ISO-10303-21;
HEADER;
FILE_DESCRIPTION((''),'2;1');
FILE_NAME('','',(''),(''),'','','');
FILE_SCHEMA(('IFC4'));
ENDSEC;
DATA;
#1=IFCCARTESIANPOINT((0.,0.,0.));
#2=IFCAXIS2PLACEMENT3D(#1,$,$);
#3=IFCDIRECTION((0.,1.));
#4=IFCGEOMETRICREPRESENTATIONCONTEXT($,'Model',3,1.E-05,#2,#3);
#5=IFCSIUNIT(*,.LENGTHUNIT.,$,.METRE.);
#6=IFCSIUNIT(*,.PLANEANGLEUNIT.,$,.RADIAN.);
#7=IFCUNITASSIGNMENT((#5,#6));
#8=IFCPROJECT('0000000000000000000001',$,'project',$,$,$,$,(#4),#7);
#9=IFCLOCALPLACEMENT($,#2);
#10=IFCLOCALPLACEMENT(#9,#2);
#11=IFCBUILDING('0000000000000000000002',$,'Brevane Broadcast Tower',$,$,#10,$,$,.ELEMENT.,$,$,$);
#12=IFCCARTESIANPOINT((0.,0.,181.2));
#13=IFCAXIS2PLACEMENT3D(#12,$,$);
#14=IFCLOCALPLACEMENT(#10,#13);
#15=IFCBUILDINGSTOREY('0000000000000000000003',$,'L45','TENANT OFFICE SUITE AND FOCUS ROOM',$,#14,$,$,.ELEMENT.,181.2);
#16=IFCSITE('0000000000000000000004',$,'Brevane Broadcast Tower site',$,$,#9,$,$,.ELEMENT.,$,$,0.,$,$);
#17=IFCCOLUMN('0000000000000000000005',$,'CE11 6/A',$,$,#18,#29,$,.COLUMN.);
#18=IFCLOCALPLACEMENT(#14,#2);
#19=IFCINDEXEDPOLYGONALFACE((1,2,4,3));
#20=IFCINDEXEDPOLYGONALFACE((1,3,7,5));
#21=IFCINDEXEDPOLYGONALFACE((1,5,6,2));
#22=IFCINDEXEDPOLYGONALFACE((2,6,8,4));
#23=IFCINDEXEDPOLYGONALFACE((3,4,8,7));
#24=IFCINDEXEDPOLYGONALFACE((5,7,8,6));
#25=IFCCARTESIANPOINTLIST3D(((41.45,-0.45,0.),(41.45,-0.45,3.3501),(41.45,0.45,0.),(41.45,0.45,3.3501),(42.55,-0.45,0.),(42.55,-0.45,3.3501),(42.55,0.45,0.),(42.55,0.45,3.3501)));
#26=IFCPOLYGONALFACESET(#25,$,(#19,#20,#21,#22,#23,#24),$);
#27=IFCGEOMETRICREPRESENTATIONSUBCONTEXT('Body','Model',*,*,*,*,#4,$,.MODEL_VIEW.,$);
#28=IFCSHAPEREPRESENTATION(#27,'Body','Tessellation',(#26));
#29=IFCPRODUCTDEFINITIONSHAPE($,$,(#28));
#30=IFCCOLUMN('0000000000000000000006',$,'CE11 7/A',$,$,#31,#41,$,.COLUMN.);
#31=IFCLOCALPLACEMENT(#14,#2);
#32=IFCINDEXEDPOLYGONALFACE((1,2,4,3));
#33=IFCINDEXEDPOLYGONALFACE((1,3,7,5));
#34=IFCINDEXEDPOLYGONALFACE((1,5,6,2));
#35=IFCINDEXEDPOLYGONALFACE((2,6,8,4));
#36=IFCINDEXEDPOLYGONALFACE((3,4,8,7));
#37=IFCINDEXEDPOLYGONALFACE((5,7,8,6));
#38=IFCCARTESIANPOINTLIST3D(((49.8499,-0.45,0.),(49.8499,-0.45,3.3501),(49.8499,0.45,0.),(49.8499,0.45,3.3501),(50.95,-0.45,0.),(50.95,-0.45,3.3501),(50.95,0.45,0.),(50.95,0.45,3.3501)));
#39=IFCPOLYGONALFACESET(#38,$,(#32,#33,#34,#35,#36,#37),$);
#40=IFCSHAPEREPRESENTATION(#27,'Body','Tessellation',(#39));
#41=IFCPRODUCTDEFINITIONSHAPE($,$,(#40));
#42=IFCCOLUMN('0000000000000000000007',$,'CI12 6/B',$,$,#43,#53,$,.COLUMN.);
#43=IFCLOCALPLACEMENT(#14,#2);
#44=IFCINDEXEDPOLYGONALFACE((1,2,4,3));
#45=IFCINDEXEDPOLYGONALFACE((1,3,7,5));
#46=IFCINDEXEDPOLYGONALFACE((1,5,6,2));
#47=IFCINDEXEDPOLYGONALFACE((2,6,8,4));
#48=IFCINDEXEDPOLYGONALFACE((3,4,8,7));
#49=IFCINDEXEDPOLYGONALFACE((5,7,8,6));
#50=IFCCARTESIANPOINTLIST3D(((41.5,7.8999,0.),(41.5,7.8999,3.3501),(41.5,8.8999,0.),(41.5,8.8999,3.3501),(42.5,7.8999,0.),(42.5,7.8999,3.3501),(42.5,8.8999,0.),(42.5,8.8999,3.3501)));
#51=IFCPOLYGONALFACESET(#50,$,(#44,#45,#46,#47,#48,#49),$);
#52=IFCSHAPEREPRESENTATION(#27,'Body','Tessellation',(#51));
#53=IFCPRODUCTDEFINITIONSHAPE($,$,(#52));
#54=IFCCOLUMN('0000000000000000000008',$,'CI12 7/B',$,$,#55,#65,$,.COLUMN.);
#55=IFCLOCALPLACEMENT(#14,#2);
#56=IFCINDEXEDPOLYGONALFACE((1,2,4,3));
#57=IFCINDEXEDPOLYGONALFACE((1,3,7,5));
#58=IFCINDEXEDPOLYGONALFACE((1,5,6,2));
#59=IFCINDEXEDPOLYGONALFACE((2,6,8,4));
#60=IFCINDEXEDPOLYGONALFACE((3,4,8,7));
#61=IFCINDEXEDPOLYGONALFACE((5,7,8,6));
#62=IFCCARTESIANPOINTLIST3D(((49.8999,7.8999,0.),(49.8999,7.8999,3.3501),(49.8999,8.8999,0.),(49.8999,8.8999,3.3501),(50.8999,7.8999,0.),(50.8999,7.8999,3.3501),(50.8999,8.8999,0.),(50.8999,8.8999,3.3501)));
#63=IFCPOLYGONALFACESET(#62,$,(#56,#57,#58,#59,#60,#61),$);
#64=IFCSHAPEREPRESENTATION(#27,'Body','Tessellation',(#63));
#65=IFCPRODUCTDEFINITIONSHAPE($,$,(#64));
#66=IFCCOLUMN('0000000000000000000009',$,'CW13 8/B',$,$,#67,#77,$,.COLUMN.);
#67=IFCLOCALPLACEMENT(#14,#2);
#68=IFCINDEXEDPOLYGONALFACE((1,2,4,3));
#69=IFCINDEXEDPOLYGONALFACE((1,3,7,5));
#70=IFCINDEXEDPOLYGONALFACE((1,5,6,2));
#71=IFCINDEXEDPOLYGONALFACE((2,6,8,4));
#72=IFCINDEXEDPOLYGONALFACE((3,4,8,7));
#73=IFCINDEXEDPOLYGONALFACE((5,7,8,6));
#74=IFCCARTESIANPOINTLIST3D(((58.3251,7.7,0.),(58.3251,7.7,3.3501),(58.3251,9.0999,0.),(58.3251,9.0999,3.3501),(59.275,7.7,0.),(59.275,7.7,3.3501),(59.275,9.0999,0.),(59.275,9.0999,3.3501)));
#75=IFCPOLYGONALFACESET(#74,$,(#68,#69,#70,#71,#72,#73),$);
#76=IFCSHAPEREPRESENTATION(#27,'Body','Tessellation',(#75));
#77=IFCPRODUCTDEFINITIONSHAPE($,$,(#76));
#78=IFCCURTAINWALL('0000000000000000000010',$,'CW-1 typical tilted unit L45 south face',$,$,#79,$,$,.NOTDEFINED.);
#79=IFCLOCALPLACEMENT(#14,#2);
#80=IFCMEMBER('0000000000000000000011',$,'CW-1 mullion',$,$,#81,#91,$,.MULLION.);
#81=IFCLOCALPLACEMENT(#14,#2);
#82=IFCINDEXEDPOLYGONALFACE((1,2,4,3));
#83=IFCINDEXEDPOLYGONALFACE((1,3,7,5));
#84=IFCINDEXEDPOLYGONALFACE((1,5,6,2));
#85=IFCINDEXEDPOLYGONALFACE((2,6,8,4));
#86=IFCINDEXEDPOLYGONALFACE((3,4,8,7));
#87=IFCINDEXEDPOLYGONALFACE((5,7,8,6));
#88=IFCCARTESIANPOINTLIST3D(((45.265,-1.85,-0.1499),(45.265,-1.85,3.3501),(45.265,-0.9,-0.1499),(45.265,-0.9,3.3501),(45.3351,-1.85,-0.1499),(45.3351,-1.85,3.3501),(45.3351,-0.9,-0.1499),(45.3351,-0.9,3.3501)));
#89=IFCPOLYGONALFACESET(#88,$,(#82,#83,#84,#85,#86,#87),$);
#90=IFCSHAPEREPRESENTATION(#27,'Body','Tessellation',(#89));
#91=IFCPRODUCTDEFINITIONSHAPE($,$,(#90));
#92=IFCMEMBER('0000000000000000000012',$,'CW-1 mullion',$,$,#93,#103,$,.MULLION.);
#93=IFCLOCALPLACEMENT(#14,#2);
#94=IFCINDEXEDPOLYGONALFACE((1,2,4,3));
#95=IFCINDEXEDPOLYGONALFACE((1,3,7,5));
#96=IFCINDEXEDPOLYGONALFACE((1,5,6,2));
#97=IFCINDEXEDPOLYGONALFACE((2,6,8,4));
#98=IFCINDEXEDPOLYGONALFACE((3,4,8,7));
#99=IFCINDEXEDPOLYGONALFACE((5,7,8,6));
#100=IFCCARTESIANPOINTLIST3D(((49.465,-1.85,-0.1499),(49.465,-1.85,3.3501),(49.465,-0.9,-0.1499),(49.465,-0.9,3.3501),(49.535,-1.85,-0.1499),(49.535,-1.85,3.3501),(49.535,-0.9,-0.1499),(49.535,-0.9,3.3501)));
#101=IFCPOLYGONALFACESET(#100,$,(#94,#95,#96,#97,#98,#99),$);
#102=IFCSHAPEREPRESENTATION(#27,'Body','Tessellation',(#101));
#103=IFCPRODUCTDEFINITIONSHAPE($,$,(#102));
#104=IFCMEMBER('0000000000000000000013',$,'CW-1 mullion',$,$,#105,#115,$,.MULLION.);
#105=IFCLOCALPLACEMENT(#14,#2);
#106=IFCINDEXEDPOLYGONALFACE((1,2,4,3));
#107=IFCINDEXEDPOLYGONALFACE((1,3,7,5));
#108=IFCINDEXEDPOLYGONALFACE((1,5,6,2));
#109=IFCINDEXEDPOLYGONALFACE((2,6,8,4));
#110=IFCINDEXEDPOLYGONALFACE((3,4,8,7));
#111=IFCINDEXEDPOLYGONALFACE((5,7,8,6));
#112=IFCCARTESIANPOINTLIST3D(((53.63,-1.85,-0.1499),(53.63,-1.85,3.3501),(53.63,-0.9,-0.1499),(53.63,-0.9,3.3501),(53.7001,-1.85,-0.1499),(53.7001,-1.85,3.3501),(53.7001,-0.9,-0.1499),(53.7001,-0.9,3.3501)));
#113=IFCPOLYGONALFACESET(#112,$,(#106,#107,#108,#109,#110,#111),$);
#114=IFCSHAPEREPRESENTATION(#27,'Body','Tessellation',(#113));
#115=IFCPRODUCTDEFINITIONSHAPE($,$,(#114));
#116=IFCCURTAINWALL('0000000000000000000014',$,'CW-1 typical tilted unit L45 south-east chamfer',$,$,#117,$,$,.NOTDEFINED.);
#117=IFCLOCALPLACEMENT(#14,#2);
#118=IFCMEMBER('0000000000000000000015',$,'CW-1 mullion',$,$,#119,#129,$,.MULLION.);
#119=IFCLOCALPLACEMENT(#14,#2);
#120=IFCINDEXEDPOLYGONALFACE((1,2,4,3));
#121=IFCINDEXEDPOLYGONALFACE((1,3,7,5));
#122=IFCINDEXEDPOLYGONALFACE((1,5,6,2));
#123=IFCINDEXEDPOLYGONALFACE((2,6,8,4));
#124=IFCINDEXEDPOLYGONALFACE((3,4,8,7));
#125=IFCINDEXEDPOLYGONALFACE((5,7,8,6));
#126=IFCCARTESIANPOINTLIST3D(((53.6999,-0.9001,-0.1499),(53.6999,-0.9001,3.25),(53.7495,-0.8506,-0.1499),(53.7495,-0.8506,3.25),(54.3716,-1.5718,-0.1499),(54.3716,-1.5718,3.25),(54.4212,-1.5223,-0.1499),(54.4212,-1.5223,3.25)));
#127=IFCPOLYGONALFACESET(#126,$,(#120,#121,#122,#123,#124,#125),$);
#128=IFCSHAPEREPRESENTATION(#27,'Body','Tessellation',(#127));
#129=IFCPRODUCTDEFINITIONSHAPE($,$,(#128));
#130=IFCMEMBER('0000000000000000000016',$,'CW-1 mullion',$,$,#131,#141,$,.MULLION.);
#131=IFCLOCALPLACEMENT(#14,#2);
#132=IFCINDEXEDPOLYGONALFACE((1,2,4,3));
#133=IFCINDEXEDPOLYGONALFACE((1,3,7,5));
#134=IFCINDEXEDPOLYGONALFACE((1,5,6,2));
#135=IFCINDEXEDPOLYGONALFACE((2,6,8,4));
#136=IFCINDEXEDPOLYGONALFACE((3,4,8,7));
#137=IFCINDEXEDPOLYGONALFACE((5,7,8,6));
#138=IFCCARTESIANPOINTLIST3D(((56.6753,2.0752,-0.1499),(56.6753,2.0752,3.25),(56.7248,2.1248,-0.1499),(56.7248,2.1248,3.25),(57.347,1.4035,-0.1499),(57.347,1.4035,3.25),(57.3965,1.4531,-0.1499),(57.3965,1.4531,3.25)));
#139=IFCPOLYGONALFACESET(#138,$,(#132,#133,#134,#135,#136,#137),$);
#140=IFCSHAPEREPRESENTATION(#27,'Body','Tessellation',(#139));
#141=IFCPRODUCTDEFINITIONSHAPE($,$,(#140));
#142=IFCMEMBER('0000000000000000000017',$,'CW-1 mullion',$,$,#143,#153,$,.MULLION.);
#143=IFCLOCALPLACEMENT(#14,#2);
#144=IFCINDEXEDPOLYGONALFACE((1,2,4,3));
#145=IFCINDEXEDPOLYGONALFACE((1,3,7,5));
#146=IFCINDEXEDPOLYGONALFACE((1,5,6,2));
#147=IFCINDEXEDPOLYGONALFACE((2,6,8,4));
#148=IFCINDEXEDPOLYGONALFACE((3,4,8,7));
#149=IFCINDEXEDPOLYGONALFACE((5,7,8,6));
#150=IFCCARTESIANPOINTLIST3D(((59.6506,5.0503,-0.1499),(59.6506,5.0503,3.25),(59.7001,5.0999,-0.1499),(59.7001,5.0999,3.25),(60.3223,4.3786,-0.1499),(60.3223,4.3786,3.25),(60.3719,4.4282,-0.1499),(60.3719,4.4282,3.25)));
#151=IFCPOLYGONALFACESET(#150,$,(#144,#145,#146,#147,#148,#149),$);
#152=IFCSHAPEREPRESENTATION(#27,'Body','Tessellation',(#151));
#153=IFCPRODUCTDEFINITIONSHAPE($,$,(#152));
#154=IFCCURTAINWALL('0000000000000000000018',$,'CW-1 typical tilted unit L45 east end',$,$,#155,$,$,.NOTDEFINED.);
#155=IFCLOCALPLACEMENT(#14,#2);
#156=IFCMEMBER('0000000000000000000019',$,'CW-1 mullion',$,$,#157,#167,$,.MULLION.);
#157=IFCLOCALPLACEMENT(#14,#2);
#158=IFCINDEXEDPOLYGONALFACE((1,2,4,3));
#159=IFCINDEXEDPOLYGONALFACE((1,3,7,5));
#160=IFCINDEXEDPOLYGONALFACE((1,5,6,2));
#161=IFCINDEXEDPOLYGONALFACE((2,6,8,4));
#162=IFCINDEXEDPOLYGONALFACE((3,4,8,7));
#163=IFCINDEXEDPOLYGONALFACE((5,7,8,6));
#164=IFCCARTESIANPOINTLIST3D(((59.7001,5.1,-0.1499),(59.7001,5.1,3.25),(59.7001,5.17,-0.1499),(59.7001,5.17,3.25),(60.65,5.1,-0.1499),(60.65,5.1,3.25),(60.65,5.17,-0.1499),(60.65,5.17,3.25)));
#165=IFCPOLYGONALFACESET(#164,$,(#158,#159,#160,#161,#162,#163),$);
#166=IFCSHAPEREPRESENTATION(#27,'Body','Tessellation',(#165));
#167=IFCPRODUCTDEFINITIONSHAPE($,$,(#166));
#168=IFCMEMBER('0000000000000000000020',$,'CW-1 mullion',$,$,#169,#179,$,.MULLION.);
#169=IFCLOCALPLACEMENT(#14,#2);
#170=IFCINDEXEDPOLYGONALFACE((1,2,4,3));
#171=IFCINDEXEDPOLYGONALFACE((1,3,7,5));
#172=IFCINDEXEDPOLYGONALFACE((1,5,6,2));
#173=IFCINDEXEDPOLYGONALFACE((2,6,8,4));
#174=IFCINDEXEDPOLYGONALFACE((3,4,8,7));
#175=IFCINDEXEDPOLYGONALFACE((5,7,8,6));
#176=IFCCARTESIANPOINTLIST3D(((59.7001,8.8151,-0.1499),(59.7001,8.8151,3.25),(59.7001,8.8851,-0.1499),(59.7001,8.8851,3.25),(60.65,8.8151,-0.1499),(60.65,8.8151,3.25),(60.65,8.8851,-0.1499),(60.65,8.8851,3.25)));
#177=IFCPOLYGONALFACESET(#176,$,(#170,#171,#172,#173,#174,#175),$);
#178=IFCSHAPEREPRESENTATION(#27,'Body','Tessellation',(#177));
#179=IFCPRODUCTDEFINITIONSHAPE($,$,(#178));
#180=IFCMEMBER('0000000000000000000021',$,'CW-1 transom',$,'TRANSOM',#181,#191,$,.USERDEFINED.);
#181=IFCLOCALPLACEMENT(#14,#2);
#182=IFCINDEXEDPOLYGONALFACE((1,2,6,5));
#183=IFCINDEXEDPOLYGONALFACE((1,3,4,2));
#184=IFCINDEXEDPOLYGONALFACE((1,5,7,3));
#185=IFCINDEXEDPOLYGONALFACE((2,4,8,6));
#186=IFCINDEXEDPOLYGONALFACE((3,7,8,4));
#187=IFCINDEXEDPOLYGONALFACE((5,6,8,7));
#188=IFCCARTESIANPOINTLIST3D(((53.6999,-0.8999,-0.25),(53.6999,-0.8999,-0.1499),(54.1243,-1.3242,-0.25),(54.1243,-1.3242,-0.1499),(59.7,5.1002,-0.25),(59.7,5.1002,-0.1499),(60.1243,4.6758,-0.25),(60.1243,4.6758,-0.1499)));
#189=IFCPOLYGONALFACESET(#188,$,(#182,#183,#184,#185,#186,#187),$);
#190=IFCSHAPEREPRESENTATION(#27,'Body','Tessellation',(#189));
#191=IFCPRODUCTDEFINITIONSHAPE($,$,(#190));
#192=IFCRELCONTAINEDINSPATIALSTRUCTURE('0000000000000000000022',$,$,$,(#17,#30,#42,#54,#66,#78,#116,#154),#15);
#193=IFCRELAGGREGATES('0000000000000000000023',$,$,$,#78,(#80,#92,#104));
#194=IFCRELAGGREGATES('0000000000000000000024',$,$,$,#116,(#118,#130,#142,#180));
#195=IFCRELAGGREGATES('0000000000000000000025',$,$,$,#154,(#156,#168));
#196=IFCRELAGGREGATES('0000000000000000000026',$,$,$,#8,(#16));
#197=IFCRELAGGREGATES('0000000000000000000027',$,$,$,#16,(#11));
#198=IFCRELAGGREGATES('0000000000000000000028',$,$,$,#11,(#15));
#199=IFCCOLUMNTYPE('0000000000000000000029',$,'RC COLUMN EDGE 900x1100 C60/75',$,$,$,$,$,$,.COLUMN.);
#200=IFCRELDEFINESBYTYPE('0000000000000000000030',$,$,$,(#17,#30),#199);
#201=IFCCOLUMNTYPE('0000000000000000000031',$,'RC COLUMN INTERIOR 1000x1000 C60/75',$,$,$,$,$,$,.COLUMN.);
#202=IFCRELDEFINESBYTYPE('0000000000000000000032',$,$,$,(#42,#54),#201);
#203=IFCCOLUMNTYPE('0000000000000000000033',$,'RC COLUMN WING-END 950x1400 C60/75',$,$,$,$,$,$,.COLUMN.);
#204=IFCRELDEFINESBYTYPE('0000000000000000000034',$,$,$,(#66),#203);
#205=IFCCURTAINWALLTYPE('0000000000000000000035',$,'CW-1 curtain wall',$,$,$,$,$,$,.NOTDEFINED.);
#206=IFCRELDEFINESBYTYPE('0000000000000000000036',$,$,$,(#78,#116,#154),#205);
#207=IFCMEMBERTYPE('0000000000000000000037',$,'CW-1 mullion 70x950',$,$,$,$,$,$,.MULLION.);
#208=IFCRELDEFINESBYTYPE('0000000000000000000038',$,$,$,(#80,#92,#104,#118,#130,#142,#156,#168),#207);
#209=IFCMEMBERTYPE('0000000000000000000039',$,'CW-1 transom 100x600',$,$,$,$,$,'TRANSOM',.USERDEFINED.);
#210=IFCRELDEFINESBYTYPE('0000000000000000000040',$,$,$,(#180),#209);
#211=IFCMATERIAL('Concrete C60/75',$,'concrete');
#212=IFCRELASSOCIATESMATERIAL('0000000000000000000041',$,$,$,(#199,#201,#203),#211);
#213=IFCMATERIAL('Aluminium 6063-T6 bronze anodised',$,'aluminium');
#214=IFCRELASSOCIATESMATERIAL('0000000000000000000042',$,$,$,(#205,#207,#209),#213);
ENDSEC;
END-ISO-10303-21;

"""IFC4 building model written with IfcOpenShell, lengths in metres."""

from ifc_helpers import new_model, si_unit, direction, frame, origin, origin_2d, place, context, subcontext, project, spatial, rectangle, extrude, material, material_profile, profile_set, type_object, element, aggregate, save


model = new_model("IFC4")

# Units and contexts
model_context = context("Model", 3, precision=1e-05, world=origin(), true_north=direction((0.0, 1.0)))
body_context = subcontext(model_context, "Body", "Model", "MODEL_VIEW")
ifc_project = project(units=[si_unit("LENGTHUNIT", "METRE"), si_unit("PLANEANGLEUNIT", "RADIAN")], contexts=[model_context])

# Site, building, storey
site_placement = place(None, origin())
site = spatial("IfcSite", under=ifc_project, at=site_placement, Name="Brevane Broadcast Tower site", CompositionType="ELEMENT", RefElevation=0.0)
building_placement = place(site_placement, origin())
building = spatial("IfcBuilding", under=site, at=building_placement, Name="Brevane Broadcast Tower", CompositionType="ELEMENT")
storey_placement = place(building_placement, frame((0.0, 0.0, 181.2)))
storey = spatial("IfcBuildingStorey", under=building, at=storey_placement, Name="L45", Description="TENANT OFFICE SUITE AND FOCUS ROOM", CompositionType="ELEMENT", Elevation=181.2)

# Columns
ifc_material_1 = material(Name="Concrete C60/75", Category="concrete")
ifc_material_profile_1 = material_profile(ifc_material_1, rectangle(XDim=0.8999, YDim=1.1001, at=origin_2d()), Name="RC 900x1100")
ifc_profile_set_1 = profile_set([ifc_material_profile_1], Name="Concrete C60/75")
column_type_1 = type_object("IfcColumnType", Name="RC COLUMN EDGE 900x1100 C60/75", PredefinedType="COLUMN", material=ifc_profile_set_1)
for number, where, z_axis, x_axis, name in (
    (1, (42.0, 0.0, 0.0), (0.0, 0.0, 1.0), (0.0, 1.0, 0.0), "CE11 6/A"),
    (2, (50.3999, 0.0, 0.0), (0.0, 0.0, 1.0), (0.0, 1.0, 0.0), "CE11 7/A"),
):
    element("IfcColumn", number, at=place(storey_placement, frame(where, z_axis=z_axis, x_axis=x_axis)), inside=storey, type_object=column_type_1, Name=name, PredefinedType="COLUMN", context=body_context, shape_type="SweptSolid", body=[
        extrude(rectangle(XDim=0.8999, YDim=1.1001, at=origin_2d()), origin(), (0.0, 0.0, 1.0), 3.3501),
    ])
ifc_material_profile_2 = material_profile(ifc_material_1, rectangle(XDim=1.0, YDim=1.0, at=origin_2d()), Name="RC 1000x1000")
ifc_profile_set_2 = profile_set([ifc_material_profile_2], Name="Concrete C60/75")
column_type_2 = type_object("IfcColumnType", Name="RC COLUMN INTERIOR 1000x1000 C60/75", PredefinedType="COLUMN", material=ifc_profile_set_2)
for number, where, z_axis, x_axis, name in (
    (3, (42.0, 8.3999, 0.0), (0.0, 0.0, 1.0), (1.0, 0.0, 0.0), "CI12 6/B"),
    (4, (50.3999, 8.3999, 0.0), (0.0, 0.0, 1.0), (1.0, 0.0, 0.0), "CI12 7/B"),
):
    element("IfcColumn", number, at=place(storey_placement, frame(where, z_axis=z_axis, x_axis=x_axis)), inside=storey, type_object=column_type_2, Name=name, PredefinedType="COLUMN", context=body_context, shape_type="SweptSolid", body=[
        extrude(rectangle(XDim=1.0, YDim=1.0, at=origin_2d()), origin(), (0.0, 0.0, 1.0), 3.3501),
    ])
ifc_material_profile_3 = material_profile(ifc_material_1, rectangle(XDim=0.95, YDim=1.3999, at=origin_2d()), Name="RC 950x1400")
ifc_profile_set_3 = profile_set([ifc_material_profile_3], Name="Concrete C60/75")
column_type_3 = type_object("IfcColumnType", Name="RC COLUMN WING-END 950x1400 C60/75", PredefinedType="COLUMN", material=ifc_profile_set_3)
column_placement = place(storey_placement, frame((58.8, 8.3999, 0.0), z_axis=(0.0, 0.0, 1.0), x_axis=(1.0, 0.0, 0.0)))
element("IfcColumn", 5, at=column_placement, inside=storey, type_object=column_type_3, Name="CW13 8/B", PredefinedType="COLUMN", context=body_context, shape_type="SweptSolid", body=[
    extrude(rectangle(XDim=0.95, YDim=1.3999, at=origin_2d()), origin(), (0.0, 0.0, 1.0), 3.3501),
])

# Curtain walls, members
ifc_material_2 = material(Name="Aluminium 6063-T6 bronze anodised", Category="aluminium")
curtain_wall_type = type_object("IfcCurtainWallType", Name="CW-1 curtain wall", PredefinedType="NOTDEFINED", material=ifc_material_2)
curtain_wall_1_placement = place(storey_placement, origin())
curtain_wall_1 = element("IfcCurtainWall", 6, at=curtain_wall_1_placement, inside=storey, type_object=curtain_wall_type, Name="CW-1 typical tilted unit L45 south face", PredefinedType="NOTDEFINED")
ifc_material_profile_4 = material_profile(ifc_material_2, rectangle(XDim=0.95, YDim=0.0701, at=origin_2d()), Name="RECT 70x950")
ifc_profile_set_4 = profile_set([ifc_material_profile_4], Name="Aluminium 6063-T6 bronze anodised")
member_type_1 = type_object("IfcMemberType", Name="CW-1 mullion 70x950", PredefinedType="MULLION", material=ifc_profile_set_4)
member_1_placement = place(storey_placement, frame((45.3, -1.375, -0.1499), z_axis=(0.0, 0.0, 1.0), x_axis=(0.0, 1.0, 0.0)))
member_1 = element("IfcMember", 7, at=member_1_placement, type_object=member_type_1, Name="CW-1 mullion", PredefinedType="MULLION", context=body_context, shape_type="SweptSolid", body=[
    extrude(rectangle(XDim=0.95, YDim=0.0701, at=origin_2d()), origin(), (0.0, 0.0, 1.0), 3.5),
])
member_2_placement = place(storey_placement, frame((49.5, -1.375, -0.1499), z_axis=(0.0, 0.0, 1.0), x_axis=(0.0, 1.0, 0.0)))
member_2 = element("IfcMember", 8, at=member_2_placement, type_object=member_type_1, Name="CW-1 mullion", PredefinedType="MULLION", context=body_context, shape_type="SweptSolid", body=[
    extrude(rectangle(XDim=0.95, YDim=0.0701, at=origin_2d()), origin(), (0.0, 0.0, 1.0), 3.5),
])
member_3_placement = place(storey_placement, frame((53.665, -1.375, -0.1499), z_axis=(0.0, 0.0, 1.0), x_axis=(0.0, 1.0, 0.0)))
member_3 = element("IfcMember", 9, at=member_3_placement, type_object=member_type_1, Name="CW-1 mullion", PredefinedType="MULLION", context=body_context, shape_type="SweptSolid", body=[
    extrude(rectangle(XDim=0.95, YDim=0.0701, at=origin_2d()), origin(), (0.0, 0.0, 1.0), 3.5),
])
aggregate(curtain_wall_1, [member_1, member_2, member_3])
curtain_wall_2_placement = place(storey_placement, origin())
curtain_wall_2 = element("IfcCurtainWall", 10, at=curtain_wall_2_placement, inside=storey, type_object=curtain_wall_type, Name="CW-1 typical tilted unit L45 south-east chamfer", PredefinedType="NOTDEFINED")
member_4_placement = place(storey_placement, frame((54.0605, -1.2112, -0.1499), z_axis=(0.0, 0.0, 1.0), x_axis=(-0.707107, 0.707107, 0.0)))
member_4 = element("IfcMember", 11, at=member_4_placement, type_object=member_type_1, Name="CW-1 mullion", PredefinedType="MULLION", context=body_context, shape_type="SweptSolid", body=[
    extrude(rectangle(XDim=0.95, YDim=0.0701, at=origin_2d()), origin(), (0.0, 0.0, 1.0), 3.3999),
])
member_5_placement = place(storey_placement, frame((57.0359, 1.7642, -0.1499), z_axis=(0.0, 0.0, 1.0), x_axis=(-0.707107, 0.707107, 0.0)))
member_5 = element("IfcMember", 12, at=member_5_placement, type_object=member_type_1, Name="CW-1 mullion", PredefinedType="MULLION", context=body_context, shape_type="SweptSolid", body=[
    extrude(rectangle(XDim=0.95, YDim=0.0701, at=origin_2d()), origin(), (0.0, 0.0, 1.0), 3.3999),
])
member_6_placement = place(storey_placement, frame((60.0112, 4.7393, -0.1499), z_axis=(0.0, 0.0, 1.0), x_axis=(-0.707107, 0.707107, 0.0)))
member_6 = element("IfcMember", 13, at=member_6_placement, type_object=member_type_1, Name="CW-1 mullion", PredefinedType="MULLION", context=body_context, shape_type="SweptSolid", body=[
    extrude(rectangle(XDim=0.95, YDim=0.0701, at=origin_2d()), origin(), (0.0, 0.0, 1.0), 3.3999),
])
curtain_wall_3_placement = place(storey_placement, origin())
curtain_wall_3 = element("IfcCurtainWall", 14, at=curtain_wall_3_placement, inside=storey, type_object=curtain_wall_type, Name="CW-1 typical tilted unit L45 east end", PredefinedType="NOTDEFINED")
member_7_placement = place(storey_placement, frame((60.175, 5.135, -0.1499), z_axis=(0.0, 0.0, 1.0), x_axis=(-1.0, 0.0, 0.0)))
member_7 = element("IfcMember", 15, at=member_7_placement, type_object=member_type_1, Name="CW-1 mullion", PredefinedType="MULLION", context=body_context, shape_type="SweptSolid", body=[
    extrude(rectangle(XDim=0.95, YDim=0.0701, at=origin_2d()), origin(), (0.0, 0.0, 1.0), 3.3999),
])
member_8_placement = place(storey_placement, frame((60.175, 8.8501, -0.1499), z_axis=(0.0, 0.0, 1.0), x_axis=(-1.0, 0.0, 0.0)))
member_8 = element("IfcMember", 16, at=member_8_placement, type_object=member_type_1, Name="CW-1 mullion", PredefinedType="MULLION", context=body_context, shape_type="SweptSolid", body=[
    extrude(rectangle(XDim=0.95, YDim=0.0701, at=origin_2d()), origin(), (0.0, 0.0, 1.0), 3.3999),
])

# Member
ifc_material_profile_5 = material_profile(ifc_material_2, rectangle(XDim=0.6001, YDim=0.1001, at=origin_2d()), Name="RECT 100x600")
ifc_profile_set_5 = profile_set([ifc_material_profile_5], Name="Aluminium 6063-T6 bronze anodised")
member_type_2 = type_object("IfcMemberType", Name="CW-1 transom 100x600", ElementType="TRANSOM", PredefinedType="USERDEFINED", material=ifc_profile_set_5)
member_9_placement = place(storey_placement, frame((53.9121, -1.1121, -0.2), z_axis=(0.707107, 0.707107, 0.0), x_axis=(-0.707107, 0.707107, 0.0)))
member_9 = element("IfcMember", 17, at=member_9_placement, type_object=member_type_2, Name="CW-1 transom", ObjectType="TRANSOM", PredefinedType="USERDEFINED", context=body_context, shape_type="SweptSolid", body=[
    extrude(rectangle(XDim=0.6001, YDim=0.1001, at=origin_2d()), origin(), (0.0, 0.0, 1.0), 8.4854),
])
aggregate(curtain_wall_2, [member_4, member_5, member_6, member_9])
aggregate(curtain_wall_3, [member_7, member_8])

save(model, "model.ifc")
